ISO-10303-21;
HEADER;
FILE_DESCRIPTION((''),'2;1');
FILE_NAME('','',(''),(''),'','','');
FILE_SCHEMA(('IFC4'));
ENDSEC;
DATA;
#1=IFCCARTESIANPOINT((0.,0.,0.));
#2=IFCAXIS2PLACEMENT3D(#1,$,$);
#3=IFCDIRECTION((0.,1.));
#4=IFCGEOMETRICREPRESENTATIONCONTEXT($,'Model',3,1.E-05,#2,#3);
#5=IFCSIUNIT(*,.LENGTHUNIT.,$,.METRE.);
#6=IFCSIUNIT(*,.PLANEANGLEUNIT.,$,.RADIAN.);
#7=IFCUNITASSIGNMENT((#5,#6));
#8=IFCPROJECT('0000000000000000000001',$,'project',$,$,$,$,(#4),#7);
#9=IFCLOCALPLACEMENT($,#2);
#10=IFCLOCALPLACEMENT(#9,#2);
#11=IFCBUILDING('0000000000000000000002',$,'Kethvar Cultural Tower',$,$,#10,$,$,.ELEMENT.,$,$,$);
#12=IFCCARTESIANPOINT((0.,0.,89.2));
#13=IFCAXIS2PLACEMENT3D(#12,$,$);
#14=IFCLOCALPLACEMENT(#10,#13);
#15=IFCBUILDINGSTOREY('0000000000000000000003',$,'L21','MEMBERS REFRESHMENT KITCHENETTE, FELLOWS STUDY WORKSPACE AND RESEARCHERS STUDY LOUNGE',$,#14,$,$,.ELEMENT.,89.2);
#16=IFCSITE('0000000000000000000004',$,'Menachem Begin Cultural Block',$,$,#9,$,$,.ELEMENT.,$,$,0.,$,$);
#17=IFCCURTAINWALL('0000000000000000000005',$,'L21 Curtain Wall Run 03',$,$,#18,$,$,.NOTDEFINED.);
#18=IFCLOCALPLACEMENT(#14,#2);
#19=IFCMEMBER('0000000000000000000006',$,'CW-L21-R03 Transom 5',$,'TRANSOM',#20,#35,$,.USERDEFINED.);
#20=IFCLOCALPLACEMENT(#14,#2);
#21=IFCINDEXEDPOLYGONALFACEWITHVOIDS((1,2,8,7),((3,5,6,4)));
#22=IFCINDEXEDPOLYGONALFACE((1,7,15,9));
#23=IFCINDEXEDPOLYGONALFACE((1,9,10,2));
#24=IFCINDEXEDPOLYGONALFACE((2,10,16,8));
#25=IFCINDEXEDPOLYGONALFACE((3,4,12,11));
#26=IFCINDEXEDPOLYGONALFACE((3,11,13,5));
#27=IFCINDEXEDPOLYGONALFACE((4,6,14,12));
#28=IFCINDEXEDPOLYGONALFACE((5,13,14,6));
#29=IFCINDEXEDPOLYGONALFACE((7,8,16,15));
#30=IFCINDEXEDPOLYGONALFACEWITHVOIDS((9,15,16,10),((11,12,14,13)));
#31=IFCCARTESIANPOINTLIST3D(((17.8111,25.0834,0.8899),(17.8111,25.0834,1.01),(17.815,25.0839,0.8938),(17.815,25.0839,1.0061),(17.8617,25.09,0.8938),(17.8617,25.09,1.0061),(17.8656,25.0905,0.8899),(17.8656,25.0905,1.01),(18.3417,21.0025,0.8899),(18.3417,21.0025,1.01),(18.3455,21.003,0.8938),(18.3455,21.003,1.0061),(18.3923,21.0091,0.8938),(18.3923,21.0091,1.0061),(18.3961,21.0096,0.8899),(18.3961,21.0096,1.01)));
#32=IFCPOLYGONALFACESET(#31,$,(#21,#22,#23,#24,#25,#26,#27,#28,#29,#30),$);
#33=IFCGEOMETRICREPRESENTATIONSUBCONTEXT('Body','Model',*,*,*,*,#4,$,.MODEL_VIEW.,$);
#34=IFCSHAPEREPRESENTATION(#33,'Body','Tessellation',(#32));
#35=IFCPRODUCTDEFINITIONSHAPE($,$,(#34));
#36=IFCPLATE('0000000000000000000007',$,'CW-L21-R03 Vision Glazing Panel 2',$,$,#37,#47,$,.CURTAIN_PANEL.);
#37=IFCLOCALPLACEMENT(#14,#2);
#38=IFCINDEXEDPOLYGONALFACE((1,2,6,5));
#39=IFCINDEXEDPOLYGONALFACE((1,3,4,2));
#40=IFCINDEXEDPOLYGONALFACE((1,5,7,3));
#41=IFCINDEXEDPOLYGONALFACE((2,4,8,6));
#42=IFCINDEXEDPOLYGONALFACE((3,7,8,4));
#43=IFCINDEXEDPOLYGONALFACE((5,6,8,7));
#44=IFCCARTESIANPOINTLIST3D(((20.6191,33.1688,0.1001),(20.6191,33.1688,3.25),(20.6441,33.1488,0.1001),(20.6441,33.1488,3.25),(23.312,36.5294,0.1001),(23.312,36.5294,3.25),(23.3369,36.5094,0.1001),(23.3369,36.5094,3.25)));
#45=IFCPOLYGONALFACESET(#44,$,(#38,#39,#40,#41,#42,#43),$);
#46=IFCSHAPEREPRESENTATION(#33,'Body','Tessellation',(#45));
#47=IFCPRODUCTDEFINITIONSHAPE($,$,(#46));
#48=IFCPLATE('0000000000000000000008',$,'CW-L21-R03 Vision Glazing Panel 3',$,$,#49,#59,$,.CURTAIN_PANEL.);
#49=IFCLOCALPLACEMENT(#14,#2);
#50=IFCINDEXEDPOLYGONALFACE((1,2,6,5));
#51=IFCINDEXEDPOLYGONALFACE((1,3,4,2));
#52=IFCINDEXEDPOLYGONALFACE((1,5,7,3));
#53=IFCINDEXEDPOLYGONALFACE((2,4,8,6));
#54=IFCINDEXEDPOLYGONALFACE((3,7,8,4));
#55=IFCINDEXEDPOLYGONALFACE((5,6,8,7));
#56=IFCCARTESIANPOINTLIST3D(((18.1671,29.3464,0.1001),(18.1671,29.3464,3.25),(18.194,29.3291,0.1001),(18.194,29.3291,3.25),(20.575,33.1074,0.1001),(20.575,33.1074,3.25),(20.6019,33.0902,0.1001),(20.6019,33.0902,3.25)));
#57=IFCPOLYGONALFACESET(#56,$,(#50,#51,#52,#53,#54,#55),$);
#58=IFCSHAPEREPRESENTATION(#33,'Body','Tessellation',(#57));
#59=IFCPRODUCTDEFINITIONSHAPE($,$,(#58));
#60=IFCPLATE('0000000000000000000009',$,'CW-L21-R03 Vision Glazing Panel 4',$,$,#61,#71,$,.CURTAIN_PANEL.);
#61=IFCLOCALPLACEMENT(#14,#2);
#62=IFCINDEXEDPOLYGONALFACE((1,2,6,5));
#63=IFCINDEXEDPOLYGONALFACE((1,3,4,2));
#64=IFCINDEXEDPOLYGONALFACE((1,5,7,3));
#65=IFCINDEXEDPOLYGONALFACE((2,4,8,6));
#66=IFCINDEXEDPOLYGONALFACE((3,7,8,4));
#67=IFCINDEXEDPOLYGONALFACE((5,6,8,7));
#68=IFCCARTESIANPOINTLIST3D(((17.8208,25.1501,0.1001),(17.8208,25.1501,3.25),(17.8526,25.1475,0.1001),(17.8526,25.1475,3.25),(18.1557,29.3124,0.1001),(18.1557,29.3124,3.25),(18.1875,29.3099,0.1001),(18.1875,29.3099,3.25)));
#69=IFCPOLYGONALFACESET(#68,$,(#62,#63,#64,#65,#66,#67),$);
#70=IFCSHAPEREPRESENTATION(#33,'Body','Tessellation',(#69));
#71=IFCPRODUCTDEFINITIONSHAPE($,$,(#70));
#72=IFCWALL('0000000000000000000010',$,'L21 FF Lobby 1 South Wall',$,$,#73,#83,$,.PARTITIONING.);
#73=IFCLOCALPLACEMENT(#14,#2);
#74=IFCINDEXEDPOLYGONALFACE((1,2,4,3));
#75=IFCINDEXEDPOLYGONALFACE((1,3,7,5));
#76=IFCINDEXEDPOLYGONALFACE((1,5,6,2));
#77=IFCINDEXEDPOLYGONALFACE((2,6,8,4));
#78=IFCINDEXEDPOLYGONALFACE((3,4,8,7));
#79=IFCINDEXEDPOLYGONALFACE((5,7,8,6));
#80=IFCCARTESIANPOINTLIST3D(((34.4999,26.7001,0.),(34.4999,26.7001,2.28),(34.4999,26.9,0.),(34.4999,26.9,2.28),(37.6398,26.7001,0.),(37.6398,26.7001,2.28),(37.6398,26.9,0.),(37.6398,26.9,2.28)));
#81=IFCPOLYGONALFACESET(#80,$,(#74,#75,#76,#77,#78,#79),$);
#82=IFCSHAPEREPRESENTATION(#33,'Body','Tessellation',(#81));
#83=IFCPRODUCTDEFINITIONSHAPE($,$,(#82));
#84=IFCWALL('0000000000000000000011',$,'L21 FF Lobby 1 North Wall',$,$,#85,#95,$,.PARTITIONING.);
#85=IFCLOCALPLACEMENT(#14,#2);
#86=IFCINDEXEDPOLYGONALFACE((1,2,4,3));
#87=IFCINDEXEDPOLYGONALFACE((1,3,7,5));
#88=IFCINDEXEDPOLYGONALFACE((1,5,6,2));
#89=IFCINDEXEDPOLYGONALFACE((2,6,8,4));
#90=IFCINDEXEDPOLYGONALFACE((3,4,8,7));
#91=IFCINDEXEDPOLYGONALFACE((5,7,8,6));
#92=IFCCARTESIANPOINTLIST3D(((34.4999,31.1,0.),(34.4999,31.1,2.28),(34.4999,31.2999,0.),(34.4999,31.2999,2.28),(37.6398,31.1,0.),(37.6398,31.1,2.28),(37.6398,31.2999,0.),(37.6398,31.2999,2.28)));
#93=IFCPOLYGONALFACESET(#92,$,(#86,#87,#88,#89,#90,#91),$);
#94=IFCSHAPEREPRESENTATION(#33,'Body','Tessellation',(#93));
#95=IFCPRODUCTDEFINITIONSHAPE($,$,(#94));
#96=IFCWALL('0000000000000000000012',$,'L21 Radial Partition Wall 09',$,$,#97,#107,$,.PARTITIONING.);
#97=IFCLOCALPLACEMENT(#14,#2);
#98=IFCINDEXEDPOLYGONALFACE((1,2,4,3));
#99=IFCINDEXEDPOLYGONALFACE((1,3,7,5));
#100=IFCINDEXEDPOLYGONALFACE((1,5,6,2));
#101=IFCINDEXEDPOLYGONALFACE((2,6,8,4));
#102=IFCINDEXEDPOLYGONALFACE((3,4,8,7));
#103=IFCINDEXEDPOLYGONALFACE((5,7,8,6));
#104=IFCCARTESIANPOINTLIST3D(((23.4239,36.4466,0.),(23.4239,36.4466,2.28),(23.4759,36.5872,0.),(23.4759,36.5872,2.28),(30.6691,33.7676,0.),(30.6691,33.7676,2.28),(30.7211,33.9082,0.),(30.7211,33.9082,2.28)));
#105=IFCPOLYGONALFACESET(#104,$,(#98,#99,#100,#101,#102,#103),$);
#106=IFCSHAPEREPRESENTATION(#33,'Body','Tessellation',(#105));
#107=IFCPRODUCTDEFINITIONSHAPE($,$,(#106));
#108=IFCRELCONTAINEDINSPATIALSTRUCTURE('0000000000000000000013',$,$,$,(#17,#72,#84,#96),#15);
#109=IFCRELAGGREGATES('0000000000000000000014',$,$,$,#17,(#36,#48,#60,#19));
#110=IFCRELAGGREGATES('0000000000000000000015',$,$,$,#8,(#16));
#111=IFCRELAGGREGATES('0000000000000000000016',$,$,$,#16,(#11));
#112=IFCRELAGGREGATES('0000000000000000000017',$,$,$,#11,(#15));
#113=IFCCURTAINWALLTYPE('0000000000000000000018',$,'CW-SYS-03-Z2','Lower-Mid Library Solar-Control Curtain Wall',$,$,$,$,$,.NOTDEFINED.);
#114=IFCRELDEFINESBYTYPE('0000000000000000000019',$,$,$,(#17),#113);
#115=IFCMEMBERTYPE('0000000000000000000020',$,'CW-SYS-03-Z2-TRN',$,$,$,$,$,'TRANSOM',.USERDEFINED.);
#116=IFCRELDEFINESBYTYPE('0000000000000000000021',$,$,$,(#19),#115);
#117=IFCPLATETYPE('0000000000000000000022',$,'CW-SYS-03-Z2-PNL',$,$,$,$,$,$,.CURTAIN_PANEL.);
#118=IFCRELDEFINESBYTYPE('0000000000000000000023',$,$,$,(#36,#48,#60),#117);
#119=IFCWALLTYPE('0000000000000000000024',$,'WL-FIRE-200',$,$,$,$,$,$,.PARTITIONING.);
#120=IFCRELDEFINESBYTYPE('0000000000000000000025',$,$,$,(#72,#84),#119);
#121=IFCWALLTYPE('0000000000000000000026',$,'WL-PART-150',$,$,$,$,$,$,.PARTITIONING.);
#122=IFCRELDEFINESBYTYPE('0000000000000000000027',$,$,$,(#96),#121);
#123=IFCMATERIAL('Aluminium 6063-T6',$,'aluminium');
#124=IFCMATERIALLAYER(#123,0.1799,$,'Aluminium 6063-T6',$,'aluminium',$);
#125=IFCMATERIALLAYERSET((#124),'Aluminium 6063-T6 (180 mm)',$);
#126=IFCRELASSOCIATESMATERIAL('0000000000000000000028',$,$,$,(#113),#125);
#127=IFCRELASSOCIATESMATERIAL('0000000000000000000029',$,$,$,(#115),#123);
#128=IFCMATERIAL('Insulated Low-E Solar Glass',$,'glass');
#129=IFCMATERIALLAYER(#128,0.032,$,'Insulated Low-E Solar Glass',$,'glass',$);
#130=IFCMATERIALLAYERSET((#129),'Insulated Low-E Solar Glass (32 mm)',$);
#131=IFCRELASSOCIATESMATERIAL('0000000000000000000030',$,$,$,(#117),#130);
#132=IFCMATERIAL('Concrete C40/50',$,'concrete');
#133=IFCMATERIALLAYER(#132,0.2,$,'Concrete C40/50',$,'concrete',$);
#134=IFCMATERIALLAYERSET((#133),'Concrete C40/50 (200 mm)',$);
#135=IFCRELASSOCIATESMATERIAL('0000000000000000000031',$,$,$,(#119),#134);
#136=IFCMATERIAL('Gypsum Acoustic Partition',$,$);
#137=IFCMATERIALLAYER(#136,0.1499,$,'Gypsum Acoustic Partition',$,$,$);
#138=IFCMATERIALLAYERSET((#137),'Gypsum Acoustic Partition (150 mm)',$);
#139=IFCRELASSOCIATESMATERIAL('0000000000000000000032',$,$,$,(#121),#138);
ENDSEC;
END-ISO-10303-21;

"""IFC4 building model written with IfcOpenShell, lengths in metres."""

from ifc_helpers import new_model, si_unit, direction, frame, frame_2d, origin, origin_2d, place, context, subcontext, project, spatial, rectangle, hollow_rectangle, extrude, source, transform, mapped, material, layer, layer_set, material_profile, profile_set, type_object, element, aggregate, save


model = new_model("IFC4")

# Units and contexts
model_context = context("Model", 3, precision=1e-05, world=origin(), true_north=direction((0.0, 1.0)))
body_context = subcontext(model_context, "Body", "Model", "MODEL_VIEW")
ifc_project = project(units=[si_unit("LENGTHUNIT", "METRE"), si_unit("PLANEANGLEUNIT", "RADIAN")], contexts=[model_context])

# Site, building, storey
site_placement = place(None, origin())
site = spatial("IfcSite", under=ifc_project, at=site_placement, Name="Menachem Begin Cultural Block", CompositionType="ELEMENT", RefElevation=0.0)
building_placement = place(site_placement, origin())
building = spatial("IfcBuilding", under=site, at=building_placement, Name="Kethvar Cultural Tower", CompositionType="ELEMENT")
storey_placement = place(building_placement, frame((0.0, 0.0, 89.2)))
storey = spatial("IfcBuildingStorey", under=building, at=storey_placement, Name="L21", Description="MEMBERS REFRESHMENT KITCHENETTE, FELLOWS STUDY WORKSPACE AND RESEARCHERS STUDY LOUNGE", CompositionType="ELEMENT", Elevation=89.2)

# Curtain wall, member, plates
ifc_material_1 = material(Name="Aluminium 6063-T6", Category="aluminium")
ifc_layer_1 = layer(ifc_material_1, 0.1799, Name="Aluminium 6063-T6", Category="aluminium")
ifc_layer_set_1 = layer_set([ifc_layer_1], Name="Aluminium 6063-T6 (180 mm)")
curtain_wall_type = type_object("IfcCurtainWallType", Name="CW-SYS-03-Z2", Description="Lower-Mid Library Solar-Control Curtain Wall", PredefinedType="NOTDEFINED", material=ifc_layer_set_1)
curtain_wall_placement = place(storey_placement, origin())
curtain_wall = element("IfcCurtainWall", 1, at=curtain_wall_placement, inside=storey, type_object=curtain_wall_type, Name="L21 Curtain Wall Run 03", PredefinedType="NOTDEFINED")
ifc_material_profile_1 = material_profile(ifc_material_1, hollow_rectangle(XDim=0.0549, YDim=0.1201, WallThickness=0.0039, at=origin_2d()), Name="Aluminium 6063-T6 — RHS120x55x4")
ifc_profile_set_1 = profile_set([ifc_material_profile_1], Name="Aluminium 6063-T6 — RHS120x55x4")
member_type_1 = type_object("IfcMemberType", Name="CW-SYS-03-Z2-TRN", ElementType="TRANSOM", PredefinedType="USERDEFINED", material=ifc_profile_set_1)
shared_shape_1 = source(origin(), body_context, "Body", "SweptSolid", [
    extrude(hollow_rectangle(XDim=0.0549, YDim=0.1201, WallThickness=0.0039, at=origin_2d()), origin(), (0.0, 0.0, 1.0), 4.1152),
])
member_1_placement = place(storey_placement, frame((17.8384, 25.0869, 0.95), z_axis=(0.128918, -0.991655, 0.0), x_axis=(0.991655, 0.128918, 0.0)))
member_1 = element("IfcMember", 2, at=member_1_placement, type_object=member_type_1, Name="CW-L21-R03 Transom 5", ObjectType="TRANSOM", PredefinedType="USERDEFINED", context=body_context, shape_type="MappedRepresentation", body=[
    mapped(shared_shape_1, transform((0.0, 0.0, 0.0), scale=1.0)),
])
ifc_material_2 = material(Name="Insulated Low-E Solar Glass", Category="glass")
ifc_layer_2 = layer(ifc_material_2, 0.032, Name="Insulated Low-E Solar Glass", Category="glass")
ifc_layer_set_2 = layer_set([ifc_layer_2], Name="Insulated Low-E Solar Glass (32 mm)")
plate_type = type_object("IfcPlateType", Name="CW-SYS-03-Z2-PNL", PredefinedType="CURTAIN_PANEL", material=ifc_layer_set_2)
shared_shape_2 = source(origin(), body_context, "Body", "SweptSolid", [
    extrude(rectangle(XDim=4.3064, YDim=0.032, at=origin_2d()), origin(), (0.0, 0.0, 1.0), 3.1499),
])
plate_1_placement = place(storey_placement, frame((21.978, 34.8391, 0.1001), z_axis=(0.0, 0.0, 1.0), x_axis=(-0.625311, -0.780376, 0.0)))
plate_1 = element("IfcPlate", 3, at=plate_1_placement, type_object=plate_type, Name="CW-L21-R03 Vision Glazing Panel 2", PredefinedType="CURTAIN_PANEL", context=body_context, shape_type="MappedRepresentation", body=[
    mapped(shared_shape_2, transform((0.0, 0.0, 0.0), scale=1.0)),
])
shared_shape_3 = source(origin(), body_context, "Body", "SweptSolid", [
    extrude(rectangle(XDim=4.4658, YDim=0.032, at=origin_2d()), origin(), (0.0, 0.0, 1.0), 3.1499),
])
plate_2_placement = place(storey_placement, frame((19.3845, 31.2183, 0.1001), z_axis=(0.0, 0.0, 1.0), x_axis=(-0.539182, -0.842189, 0.0)))
plate_2 = element("IfcPlate", 4, at=plate_2_placement, type_object=plate_type, Name="CW-L21-R03 Vision Glazing Panel 3", PredefinedType="CURTAIN_PANEL", context=body_context, shape_type="MappedRepresentation", body=[
    mapped(shared_shape_3, transform((0.0, 0.0, 0.0), scale=1.0)),
])
shared_shape_4 = source(origin(), body_context, "Body", "SweptSolid", [
    extrude(rectangle(XDim=4.1758, YDim=0.032, at=origin_2d()), origin(), (0.0, 0.0, 1.0), 3.1499),
])
plate_3_placement = place(storey_placement, frame((18.0042, 27.23, 0.1001), z_axis=(0.0, 0.0, 1.0), x_axis=(-0.080199, -0.996779, 0.0)))
plate_3 = element("IfcPlate", 5, at=plate_3_placement, type_object=plate_type, Name="CW-L21-R03 Vision Glazing Panel 4", PredefinedType="CURTAIN_PANEL", context=body_context, shape_type="MappedRepresentation", body=[
    mapped(shared_shape_4, transform((0.0, 0.0, 0.0), scale=1.0)),
])
aggregate(curtain_wall, [plate_1, plate_2, plate_3, member_1])

# Shared definitions
ifc_material_3 = material(Name="Concrete C40/50", Category="concrete")
ifc_layer_3 = layer(ifc_material_3, 0.2, Name="Concrete C40/50", Category="concrete")
ifc_layer_set_3 = layer_set([ifc_layer_3], Name="Concrete C40/50 (200 mm)")
wall_type_1 = type_object("IfcWallType", Name="WL-FIRE-200", PredefinedType="PARTITIONING", material=ifc_layer_set_3)

# Walls
for number, where, z_axis, x_axis, name in (
    (6, (34.5, 26.8, 0.0), (0.0, 0.0, 1.0), (1.0, 0.0, 0.0), "L21 FF Lobby 1 South Wall"),
    (7, (34.5, 31.2, 0.0), (0.0, 0.0, 1.0), (1.0, 0.0, 0.0), "L21 FF Lobby 1 North Wall"),
):
    element("IfcWall", number, at=place(storey_placement, frame(where, z_axis=z_axis, x_axis=x_axis)), inside=storey, type_object=wall_type_1, Name=name, PredefinedType="PARTITIONING", context=body_context, shape_type="SweptSolid", body=[
        extrude(rectangle(XDim=3.1399, YDim=0.2, at=frame_2d((1.5698, 0.0))), origin(), (0.0, 0.0, 1.0), 2.28),
    ])
ifc_material_4 = material(Name="Gypsum Acoustic Partition")
ifc_layer_4 = layer(ifc_material_4, 0.1499, Name="Gypsum Acoustic Partition")
ifc_layer_set_4 = layer_set([ifc_layer_4], Name="Gypsum Acoustic Partition (150 mm)")
wall_type_2 = type_object("IfcWallType", Name="WL-PART-150", PredefinedType="PARTITIONING", material=ifc_layer_set_4)
wall_1_placement = place(storey_placement, frame((30.6951, 33.8379, 0.0), z_axis=(0.0, 0.0, 1.0), x_axis=(-0.937935, 0.346811, 0.0)))
element("IfcWall", 8, at=wall_1_placement, inside=storey, type_object=wall_type_2, Name="L21 Radial Partition Wall 09", PredefinedType="PARTITIONING", context=body_context, shape_type="SweptSolid", body=[
    extrude(rectangle(XDim=7.7246, YDim=0.1499, at=frame_2d((3.8623, 0.0))), origin(), (0.0, 0.0, 1.0), 2.28),
])

save(model, "model.ifc")
